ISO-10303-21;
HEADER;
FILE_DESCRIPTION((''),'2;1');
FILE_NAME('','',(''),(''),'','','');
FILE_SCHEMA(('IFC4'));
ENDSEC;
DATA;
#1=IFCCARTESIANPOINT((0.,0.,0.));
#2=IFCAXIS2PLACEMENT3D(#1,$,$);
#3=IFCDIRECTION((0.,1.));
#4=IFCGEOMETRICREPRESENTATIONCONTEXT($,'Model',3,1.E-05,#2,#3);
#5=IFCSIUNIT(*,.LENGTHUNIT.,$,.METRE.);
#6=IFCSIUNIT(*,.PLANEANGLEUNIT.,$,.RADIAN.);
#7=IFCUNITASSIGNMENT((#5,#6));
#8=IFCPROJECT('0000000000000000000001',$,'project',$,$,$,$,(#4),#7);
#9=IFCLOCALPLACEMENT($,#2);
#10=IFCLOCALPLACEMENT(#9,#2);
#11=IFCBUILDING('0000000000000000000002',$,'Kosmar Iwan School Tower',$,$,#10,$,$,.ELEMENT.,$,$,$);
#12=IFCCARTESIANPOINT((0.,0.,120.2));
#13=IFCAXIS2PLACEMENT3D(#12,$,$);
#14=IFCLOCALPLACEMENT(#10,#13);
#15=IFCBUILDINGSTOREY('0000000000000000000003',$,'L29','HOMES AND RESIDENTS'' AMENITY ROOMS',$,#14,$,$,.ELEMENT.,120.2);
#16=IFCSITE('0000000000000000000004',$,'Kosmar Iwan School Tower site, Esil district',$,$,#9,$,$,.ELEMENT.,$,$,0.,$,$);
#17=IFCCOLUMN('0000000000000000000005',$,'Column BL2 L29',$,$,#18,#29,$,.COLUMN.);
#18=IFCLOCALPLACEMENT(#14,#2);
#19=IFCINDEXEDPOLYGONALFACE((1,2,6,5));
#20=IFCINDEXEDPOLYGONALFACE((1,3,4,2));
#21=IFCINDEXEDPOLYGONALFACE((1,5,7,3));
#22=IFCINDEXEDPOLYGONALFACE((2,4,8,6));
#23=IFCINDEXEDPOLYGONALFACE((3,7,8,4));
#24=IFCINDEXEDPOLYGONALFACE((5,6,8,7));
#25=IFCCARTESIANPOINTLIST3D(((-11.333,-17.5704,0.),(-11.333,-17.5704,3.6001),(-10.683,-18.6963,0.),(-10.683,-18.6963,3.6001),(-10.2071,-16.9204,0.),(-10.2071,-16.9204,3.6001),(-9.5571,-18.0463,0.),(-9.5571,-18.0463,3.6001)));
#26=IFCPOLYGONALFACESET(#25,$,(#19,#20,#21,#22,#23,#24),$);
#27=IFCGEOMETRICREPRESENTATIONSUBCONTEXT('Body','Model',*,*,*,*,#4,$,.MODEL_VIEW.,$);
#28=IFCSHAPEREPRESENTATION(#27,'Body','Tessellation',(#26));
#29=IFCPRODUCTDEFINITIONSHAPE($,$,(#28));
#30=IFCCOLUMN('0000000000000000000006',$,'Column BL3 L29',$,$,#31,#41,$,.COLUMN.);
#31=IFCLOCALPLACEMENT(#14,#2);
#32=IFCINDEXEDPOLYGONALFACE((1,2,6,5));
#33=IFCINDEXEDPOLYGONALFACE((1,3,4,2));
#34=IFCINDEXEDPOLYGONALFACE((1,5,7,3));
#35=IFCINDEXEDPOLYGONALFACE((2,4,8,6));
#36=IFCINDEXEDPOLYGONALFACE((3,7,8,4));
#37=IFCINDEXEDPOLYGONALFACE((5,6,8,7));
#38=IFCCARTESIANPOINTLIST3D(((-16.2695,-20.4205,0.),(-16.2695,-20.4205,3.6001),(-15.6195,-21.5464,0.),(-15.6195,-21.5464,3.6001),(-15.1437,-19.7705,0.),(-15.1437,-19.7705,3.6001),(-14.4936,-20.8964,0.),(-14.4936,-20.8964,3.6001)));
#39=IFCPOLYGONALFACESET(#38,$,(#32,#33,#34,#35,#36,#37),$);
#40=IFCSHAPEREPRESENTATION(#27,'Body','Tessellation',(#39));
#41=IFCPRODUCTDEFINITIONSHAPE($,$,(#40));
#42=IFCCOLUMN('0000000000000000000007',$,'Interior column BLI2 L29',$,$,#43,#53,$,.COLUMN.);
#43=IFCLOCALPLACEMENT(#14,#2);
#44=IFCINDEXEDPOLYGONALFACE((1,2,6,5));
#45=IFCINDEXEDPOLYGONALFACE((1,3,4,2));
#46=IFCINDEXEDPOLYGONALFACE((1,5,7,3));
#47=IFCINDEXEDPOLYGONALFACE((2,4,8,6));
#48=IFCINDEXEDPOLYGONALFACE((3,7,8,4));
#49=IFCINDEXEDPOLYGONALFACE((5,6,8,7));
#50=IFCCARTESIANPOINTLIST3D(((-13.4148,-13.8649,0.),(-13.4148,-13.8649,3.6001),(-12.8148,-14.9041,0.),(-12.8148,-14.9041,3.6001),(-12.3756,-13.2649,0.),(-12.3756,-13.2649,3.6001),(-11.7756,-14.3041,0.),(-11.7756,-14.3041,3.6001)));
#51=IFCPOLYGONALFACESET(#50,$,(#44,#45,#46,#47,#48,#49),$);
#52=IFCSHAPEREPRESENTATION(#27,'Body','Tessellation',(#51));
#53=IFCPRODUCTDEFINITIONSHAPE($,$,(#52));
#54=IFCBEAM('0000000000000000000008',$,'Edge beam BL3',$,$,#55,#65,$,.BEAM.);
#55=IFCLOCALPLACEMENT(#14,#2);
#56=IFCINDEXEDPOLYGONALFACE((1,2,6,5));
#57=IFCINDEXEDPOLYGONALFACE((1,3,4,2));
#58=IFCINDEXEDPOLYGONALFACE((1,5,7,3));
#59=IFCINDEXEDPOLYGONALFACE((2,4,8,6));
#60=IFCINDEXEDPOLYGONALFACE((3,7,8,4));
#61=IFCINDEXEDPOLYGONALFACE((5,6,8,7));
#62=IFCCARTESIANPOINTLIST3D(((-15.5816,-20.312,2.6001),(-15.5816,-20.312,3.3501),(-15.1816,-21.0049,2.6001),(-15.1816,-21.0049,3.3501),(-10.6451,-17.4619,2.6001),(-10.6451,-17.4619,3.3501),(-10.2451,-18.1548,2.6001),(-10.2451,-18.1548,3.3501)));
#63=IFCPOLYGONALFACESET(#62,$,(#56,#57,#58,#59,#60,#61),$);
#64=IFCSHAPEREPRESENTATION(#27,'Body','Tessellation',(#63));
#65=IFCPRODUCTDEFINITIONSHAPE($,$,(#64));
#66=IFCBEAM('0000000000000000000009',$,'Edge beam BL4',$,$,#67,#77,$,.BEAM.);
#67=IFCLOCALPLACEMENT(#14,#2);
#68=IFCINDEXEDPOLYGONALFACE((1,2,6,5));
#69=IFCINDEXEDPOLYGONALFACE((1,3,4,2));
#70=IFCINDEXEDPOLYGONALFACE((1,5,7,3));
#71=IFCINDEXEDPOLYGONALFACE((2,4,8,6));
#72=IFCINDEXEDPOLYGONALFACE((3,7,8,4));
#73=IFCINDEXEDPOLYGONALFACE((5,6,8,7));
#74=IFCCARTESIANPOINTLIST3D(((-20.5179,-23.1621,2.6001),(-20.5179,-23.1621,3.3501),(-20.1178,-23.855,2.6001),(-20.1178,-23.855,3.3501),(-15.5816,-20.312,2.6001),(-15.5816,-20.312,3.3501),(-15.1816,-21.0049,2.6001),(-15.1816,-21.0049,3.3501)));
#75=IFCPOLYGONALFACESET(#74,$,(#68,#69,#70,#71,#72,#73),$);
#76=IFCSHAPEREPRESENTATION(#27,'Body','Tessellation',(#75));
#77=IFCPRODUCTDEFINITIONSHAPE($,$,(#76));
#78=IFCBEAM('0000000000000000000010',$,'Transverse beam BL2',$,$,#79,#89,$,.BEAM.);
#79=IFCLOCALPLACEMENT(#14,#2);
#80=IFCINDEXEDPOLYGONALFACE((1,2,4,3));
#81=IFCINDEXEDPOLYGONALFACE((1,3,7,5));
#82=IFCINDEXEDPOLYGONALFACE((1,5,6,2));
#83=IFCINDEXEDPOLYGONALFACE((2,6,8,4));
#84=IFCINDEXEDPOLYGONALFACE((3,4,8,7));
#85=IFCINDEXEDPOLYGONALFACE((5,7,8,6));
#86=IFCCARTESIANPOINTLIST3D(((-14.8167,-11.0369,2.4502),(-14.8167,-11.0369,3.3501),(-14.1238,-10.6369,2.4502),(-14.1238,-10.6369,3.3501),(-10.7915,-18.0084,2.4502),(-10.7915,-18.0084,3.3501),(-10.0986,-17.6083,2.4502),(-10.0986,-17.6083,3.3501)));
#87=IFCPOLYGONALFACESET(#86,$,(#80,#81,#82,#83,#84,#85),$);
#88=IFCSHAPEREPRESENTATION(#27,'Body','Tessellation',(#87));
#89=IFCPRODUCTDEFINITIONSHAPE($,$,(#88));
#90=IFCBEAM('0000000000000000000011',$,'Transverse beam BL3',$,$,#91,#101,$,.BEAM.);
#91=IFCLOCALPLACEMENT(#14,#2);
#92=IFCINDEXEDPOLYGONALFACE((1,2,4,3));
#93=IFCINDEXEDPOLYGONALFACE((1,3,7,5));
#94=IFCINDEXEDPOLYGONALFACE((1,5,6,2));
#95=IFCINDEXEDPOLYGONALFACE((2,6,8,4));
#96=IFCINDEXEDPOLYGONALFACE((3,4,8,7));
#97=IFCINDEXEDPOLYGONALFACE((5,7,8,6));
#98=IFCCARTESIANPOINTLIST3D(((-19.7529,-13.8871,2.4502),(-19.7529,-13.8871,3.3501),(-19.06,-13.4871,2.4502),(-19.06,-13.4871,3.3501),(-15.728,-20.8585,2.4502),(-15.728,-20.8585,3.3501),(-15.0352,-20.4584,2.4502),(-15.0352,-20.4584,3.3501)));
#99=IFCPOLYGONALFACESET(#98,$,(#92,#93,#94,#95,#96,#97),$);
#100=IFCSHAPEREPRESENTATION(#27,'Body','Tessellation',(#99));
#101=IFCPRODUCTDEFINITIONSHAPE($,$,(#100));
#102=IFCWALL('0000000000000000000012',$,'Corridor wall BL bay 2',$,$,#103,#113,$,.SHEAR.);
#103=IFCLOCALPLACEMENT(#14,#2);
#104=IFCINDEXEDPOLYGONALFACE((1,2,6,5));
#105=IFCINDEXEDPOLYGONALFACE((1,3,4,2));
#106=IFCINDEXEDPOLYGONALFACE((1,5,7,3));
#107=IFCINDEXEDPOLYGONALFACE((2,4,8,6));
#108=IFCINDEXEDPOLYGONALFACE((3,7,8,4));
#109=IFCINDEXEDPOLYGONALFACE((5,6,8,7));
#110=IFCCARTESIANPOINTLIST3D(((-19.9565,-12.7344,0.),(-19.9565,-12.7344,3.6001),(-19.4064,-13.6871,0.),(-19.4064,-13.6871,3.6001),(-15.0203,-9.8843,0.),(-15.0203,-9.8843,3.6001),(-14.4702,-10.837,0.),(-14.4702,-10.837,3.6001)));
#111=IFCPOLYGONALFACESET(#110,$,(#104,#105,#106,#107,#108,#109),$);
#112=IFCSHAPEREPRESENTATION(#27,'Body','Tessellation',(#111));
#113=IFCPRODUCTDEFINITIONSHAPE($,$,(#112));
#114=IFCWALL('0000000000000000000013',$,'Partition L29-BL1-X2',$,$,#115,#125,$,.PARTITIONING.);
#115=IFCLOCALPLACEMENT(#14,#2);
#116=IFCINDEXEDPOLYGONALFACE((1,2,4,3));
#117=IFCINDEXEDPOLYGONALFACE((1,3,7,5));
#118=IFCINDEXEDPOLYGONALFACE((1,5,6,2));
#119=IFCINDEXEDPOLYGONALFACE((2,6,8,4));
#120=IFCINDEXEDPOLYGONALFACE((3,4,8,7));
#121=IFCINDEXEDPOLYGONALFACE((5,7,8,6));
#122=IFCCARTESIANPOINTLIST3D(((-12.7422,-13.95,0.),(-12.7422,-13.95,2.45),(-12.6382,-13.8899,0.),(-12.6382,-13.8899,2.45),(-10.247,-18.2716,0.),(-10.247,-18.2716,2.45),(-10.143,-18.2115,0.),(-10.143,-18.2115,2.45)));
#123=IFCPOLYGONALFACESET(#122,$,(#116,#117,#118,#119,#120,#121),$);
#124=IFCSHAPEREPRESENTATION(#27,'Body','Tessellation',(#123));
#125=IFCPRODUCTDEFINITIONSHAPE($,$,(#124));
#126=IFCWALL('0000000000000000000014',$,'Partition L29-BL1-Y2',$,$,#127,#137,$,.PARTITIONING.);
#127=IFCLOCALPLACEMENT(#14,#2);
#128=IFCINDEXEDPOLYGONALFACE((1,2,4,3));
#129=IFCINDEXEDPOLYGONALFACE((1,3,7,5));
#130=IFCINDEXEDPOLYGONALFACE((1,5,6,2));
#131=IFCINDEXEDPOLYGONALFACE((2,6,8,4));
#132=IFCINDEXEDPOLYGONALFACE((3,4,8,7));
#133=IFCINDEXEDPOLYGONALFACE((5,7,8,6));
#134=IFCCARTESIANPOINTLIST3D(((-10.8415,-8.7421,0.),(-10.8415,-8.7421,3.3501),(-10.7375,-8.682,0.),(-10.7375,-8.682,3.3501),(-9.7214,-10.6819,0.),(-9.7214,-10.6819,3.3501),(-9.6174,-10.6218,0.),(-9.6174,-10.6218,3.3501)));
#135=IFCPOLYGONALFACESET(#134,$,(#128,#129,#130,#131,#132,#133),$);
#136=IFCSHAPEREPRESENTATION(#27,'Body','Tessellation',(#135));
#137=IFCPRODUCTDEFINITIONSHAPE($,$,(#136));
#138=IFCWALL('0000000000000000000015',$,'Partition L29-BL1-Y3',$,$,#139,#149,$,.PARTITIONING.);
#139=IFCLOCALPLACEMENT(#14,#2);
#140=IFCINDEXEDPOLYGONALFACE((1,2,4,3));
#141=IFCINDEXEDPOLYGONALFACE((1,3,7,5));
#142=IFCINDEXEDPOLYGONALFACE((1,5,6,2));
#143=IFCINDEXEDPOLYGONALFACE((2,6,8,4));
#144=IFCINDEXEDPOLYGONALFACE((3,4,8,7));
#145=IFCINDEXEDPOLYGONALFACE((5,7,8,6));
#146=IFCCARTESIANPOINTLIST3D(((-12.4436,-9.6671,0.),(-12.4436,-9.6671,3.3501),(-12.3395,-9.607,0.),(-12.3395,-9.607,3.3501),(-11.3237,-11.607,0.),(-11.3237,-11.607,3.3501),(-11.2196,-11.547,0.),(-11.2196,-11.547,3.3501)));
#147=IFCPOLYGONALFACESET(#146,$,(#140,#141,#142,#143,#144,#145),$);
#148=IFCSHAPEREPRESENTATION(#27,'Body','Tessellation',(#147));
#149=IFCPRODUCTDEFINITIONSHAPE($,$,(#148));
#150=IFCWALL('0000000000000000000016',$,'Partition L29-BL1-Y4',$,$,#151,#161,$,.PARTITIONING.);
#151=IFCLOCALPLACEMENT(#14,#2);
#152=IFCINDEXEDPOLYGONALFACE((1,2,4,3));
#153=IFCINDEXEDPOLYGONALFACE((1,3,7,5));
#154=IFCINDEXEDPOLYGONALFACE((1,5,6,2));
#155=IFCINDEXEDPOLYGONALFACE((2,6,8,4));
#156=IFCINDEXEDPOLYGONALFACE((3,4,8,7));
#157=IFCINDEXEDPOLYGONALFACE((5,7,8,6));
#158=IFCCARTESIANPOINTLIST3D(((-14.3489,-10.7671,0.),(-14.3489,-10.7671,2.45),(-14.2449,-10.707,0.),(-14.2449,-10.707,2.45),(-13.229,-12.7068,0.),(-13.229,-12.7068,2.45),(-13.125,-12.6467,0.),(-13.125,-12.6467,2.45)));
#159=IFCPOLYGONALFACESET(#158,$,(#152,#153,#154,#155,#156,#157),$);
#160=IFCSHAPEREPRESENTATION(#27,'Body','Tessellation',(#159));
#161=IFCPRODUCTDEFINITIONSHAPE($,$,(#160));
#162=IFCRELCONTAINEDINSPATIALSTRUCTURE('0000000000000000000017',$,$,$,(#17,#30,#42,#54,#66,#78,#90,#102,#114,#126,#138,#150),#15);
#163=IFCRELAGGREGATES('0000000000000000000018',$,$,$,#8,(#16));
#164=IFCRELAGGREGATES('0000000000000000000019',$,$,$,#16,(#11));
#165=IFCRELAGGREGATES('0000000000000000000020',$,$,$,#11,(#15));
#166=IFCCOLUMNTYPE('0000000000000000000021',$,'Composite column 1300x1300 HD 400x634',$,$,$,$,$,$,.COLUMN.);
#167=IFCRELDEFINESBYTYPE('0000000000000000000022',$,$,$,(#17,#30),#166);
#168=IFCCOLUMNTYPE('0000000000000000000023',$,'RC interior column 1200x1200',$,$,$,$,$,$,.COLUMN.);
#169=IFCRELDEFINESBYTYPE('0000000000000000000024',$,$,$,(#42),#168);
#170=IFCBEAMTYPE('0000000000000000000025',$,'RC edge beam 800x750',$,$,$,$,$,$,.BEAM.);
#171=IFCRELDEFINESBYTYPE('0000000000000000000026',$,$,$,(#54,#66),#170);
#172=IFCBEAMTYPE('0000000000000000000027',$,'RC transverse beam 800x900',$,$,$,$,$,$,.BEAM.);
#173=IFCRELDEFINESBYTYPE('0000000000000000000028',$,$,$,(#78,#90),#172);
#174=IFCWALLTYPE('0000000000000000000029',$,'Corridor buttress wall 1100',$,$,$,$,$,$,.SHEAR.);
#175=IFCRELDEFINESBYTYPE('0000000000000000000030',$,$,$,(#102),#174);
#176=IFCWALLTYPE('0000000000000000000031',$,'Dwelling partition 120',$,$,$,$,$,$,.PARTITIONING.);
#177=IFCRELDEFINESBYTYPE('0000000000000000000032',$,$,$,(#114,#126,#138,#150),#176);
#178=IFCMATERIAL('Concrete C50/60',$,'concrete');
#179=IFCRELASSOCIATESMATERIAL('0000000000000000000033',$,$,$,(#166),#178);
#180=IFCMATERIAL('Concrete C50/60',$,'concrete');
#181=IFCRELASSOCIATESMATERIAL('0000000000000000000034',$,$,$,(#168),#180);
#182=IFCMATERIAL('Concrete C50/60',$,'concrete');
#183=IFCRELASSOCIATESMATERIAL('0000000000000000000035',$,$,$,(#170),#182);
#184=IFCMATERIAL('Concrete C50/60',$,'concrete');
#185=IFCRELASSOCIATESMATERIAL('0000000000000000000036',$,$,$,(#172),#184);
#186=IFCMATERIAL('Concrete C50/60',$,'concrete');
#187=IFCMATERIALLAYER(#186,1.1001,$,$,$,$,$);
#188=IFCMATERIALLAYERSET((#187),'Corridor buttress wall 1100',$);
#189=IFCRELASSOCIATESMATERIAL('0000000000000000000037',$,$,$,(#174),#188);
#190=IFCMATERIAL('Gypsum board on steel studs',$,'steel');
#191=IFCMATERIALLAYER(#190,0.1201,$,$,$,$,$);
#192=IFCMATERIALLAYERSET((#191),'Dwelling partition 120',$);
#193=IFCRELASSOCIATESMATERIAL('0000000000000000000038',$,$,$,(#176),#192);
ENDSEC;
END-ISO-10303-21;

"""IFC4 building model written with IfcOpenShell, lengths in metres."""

from ifc_helpers import new_model, si_unit, direction, frame, frame_2d, origin, origin_2d, place, context, subcontext, project, spatial, rectangle, extrude, material, layer, layer_set, material_profile, profile_set, type_object, element, save


model = new_model("IFC4")

# Units and contexts
model_context = context("Model", 3, precision=1e-05, world=origin(), true_north=direction((0.0, 1.0)))
body_context = subcontext(model_context, "Body", "Model", "MODEL_VIEW")
ifc_project = project(units=[si_unit("LENGTHUNIT", "METRE"), si_unit("PLANEANGLEUNIT", "RADIAN")], contexts=[model_context])

# Site, building, storey
site_placement = place(None, origin())
site = spatial("IfcSite", under=ifc_project, at=site_placement, Name="Kosmar Iwan School Tower site, Esil district", CompositionType="ELEMENT", RefElevation=0.0)
building_placement = place(site_placement, origin())
building = spatial("IfcBuilding", under=site, at=building_placement, Name="Kosmar Iwan School Tower", CompositionType="ELEMENT")
storey_placement = place(building_placement, frame((0.0, 0.0, 120.2)))
storey = spatial("IfcBuildingStorey", under=building, at=storey_placement, Name="L29", Description="HOMES AND RESIDENTS' AMENITY ROOMS", CompositionType="ELEMENT", Elevation=120.2)

# Columns
ifc_material_1 = material(Name="Concrete C50/60", Category="concrete")
ifc_material_profile_1 = material_profile(ifc_material_1, rectangle(XDim=1.3, YDim=1.3, at=origin_2d()), Name="RC 1300x1300 + HD 400x634")
ifc_profile_set_1 = profile_set([ifc_material_profile_1], Name="Concrete C50/60")
column_type_1 = type_object("IfcColumnType", Name="Composite column 1300x1300 HD 400x634", PredefinedType="COLUMN", material=ifc_profile_set_1)
for number, where, z_axis, x_axis, name in (
    (1, (-10.4451, -17.8083, 0.0), (0.0, 0.0, 1.0), (-0.866025, -0.5, 0.0), "Column BL2 L29"),
    (2, (-15.3816, -20.6584, 0.0), (0.0, 0.0, 1.0), (-0.866025, -0.5, 0.0), "Column BL3 L29"),
):
    element("IfcColumn", number, at=place(storey_placement, frame(where, z_axis=z_axis, x_axis=x_axis)), inside=storey, type_object=column_type_1, Name=name, PredefinedType="COLUMN", context=body_context, shape_type="SweptSolid", body=[
        extrude(rectangle(XDim=1.3, YDim=1.3, at=origin_2d()), origin(), (0.0, 0.0, 1.0), 3.6001),
    ])
ifc_material_2 = material(Name="Concrete C50/60", Category="concrete")
ifc_material_profile_2 = material_profile(ifc_material_2, rectangle(XDim=1.2, YDim=1.2, at=origin_2d()), Name="RC 1200x1200")
ifc_profile_set_2 = profile_set([ifc_material_profile_2], Name="Concrete C50/60")
column_type_2 = type_object("IfcColumnType", Name="RC interior column 1200x1200", PredefinedType="COLUMN", material=ifc_profile_set_2)
column_placement = place(storey_placement, frame((-12.5952, -14.0845, 0.0), z_axis=(0.0, 0.0, 1.0), x_axis=(-0.866025, -0.5, 0.0)))
element("IfcColumn", 3, at=column_placement, inside=storey, type_object=column_type_2, Name="Interior column BLI2 L29", PredefinedType="COLUMN", context=body_context, shape_type="SweptSolid", body=[
    extrude(rectangle(XDim=1.2, YDim=1.2, at=origin_2d()), origin(), (0.0, 0.0, 1.0), 3.6001),
])

# Beams
ifc_material_3 = material(Name="Concrete C50/60", Category="concrete")
ifc_material_profile_3 = material_profile(ifc_material_3, rectangle(XDim=0.8, YDim=0.75, at=origin_2d()), Name="RC 800x750")
ifc_profile_set_3 = profile_set([ifc_material_profile_3], Name="Concrete C50/60")
beam_type_1 = type_object("IfcBeamType", Name="RC edge beam 800x750", PredefinedType="BEAM", material=ifc_profile_set_3)
beam_1_placement = place(storey_placement, frame((-10.4451, -17.8083, 2.9751), z_axis=(-0.866026, -0.499999, 0.0), x_axis=(0.499999, -0.866026, 0.0)))
element("IfcBeam", 4, at=beam_1_placement, inside=storey, type_object=beam_type_1, Name="Edge beam BL3", PredefinedType="BEAM", context=body_context, shape_type="SweptSolid", body=[
    extrude(rectangle(XDim=0.8, YDim=0.75, at=origin_2d()), origin(), (0.0, 0.0, 1.0), 5.7002),
])
beam_2_placement = place(storey_placement, frame((-15.3816, -20.6584, 2.9751), z_axis=(-0.866015, -0.500018, 0.0), x_axis=(0.500018, -0.866015, 0.0)))
element("IfcBeam", 5, at=beam_2_placement, inside=storey, type_object=beam_type_1, Name="Edge beam BL4", PredefinedType="BEAM", context=body_context, shape_type="SweptSolid", body=[
    extrude(rectangle(XDim=0.8, YDim=0.75, at=origin_2d()), origin(), (0.0, 0.0, 1.0), 5.7),
])
ifc_material_4 = material(Name="Concrete C50/60", Category="concrete")
ifc_material_profile_4 = material_profile(ifc_material_4, rectangle(XDim=0.8, YDim=0.8999, at=origin_2d()), Name="RC 800x900")
ifc_profile_set_4 = profile_set([ifc_material_profile_4], Name="Concrete C50/60")
beam_type_2 = type_object("IfcBeamType", Name="RC transverse beam 800x900", PredefinedType="BEAM", material=ifc_profile_set_4)
beam_3_placement = place(storey_placement, frame((-10.4451, -17.8083, 2.9001), z_axis=(-0.500017, 0.866015, 0.0), x_axis=(-0.866015, -0.500017, 0.0)))
element("IfcBeam", 6, at=beam_3_placement, inside=storey, type_object=beam_type_2, Name="Transverse beam BL2", PredefinedType="BEAM", context=body_context, shape_type="SweptSolid", body=[
    extrude(rectangle(XDim=0.8, YDim=0.8999, at=origin_2d()), origin(), (0.0, 0.0, 1.0), 8.05),
])
beam_4_placement = place(storey_placement, frame((-15.3816, -20.6584, 2.9001), z_axis=(-0.499995, 0.866029, 0.0), x_axis=(-0.866029, -0.499995, 0.0)))
element("IfcBeam", 7, at=beam_4_placement, inside=storey, type_object=beam_type_2, Name="Transverse beam BL3", PredefinedType="BEAM", context=body_context, shape_type="SweptSolid", body=[
    extrude(rectangle(XDim=0.8, YDim=0.8999, at=origin_2d()), origin(), (0.0, 0.0, 1.0), 8.0498),
])

# Walls
ifc_material_5 = material(Name="Concrete C50/60", Category="concrete")
ifc_layer_1 = layer(ifc_material_5, 1.1001)
ifc_layer_set_1 = layer_set([ifc_layer_1], Name="Corridor buttress wall 1100")
wall_type_1 = type_object("IfcWallType", Name="Corridor buttress wall 1100", PredefinedType="SHEAR", material=ifc_layer_set_1)
wall_1_placement = place(storey_placement, frame((-14.7451, -10.3606, 0.0), z_axis=(0.0, 0.0, 1.0), x_axis=(-0.866015, -0.500018, 0.0)))
element("IfcWall", 8, at=wall_1_placement, inside=storey, type_object=wall_type_1, Name="Corridor wall BL bay 2", PredefinedType="SHEAR", context=body_context, shape_type="SweptSolid", body=[
    extrude(rectangle(XDim=5.7, YDim=1.1001, at=frame_2d((2.8501, 0.0))), origin(), (0.0, 0.0, 1.0), 3.6001),
])
ifc_material_6 = material(Name="Gypsum board on steel studs", Category="steel")
ifc_layer_2 = layer(ifc_material_6, 0.1201)
ifc_layer_set_2 = layer_set([ifc_layer_2], Name="Dwelling partition 120")
wall_type_2 = type_object("IfcWallType", Name="Dwelling partition 120", PredefinedType="PARTITIONING", material=ifc_layer_set_2)
wall_2_placement = place(storey_placement, frame((-12.6902, -13.9199, 0.0), z_axis=(0.0, 0.0, 1.0), x_axis=(0.500012, -0.866019, 0.0)))
element("IfcWall", 9, at=wall_2_placement, inside=storey, type_object=wall_type_2, Name="Partition L29-BL1-X2", PredefinedType="PARTITIONING", context=body_context, shape_type="SweptSolid", body=[
    extrude(rectangle(XDim=4.9902, YDim=0.1201, at=frame_2d((2.4951, 0.0))), origin(), (0.0, 0.0, 1.0), 2.45),
])
for number, where, z_axis, x_axis, name in (
    (10, (-10.7896, -8.7119, 0.0), (0.0, 0.0, 1.0), (0.500031, -0.866008, 0.0), "Partition L29-BL1-Y2"),
    (11, (-12.3916, -9.637, 0.0), (0.0, 0.0, 1.0), (0.499949, -0.866055, 0.0), "Partition L29-BL1-Y3"),
):
    element("IfcWall", number, at=place(storey_placement, frame(where, z_axis=z_axis, x_axis=x_axis)), inside=storey, type_object=wall_type_2, Name=name, PredefinedType="PARTITIONING", context=body_context, shape_type="SweptSolid", body=[
        extrude(rectangle(XDim=2.24, YDim=0.1201, at=frame_2d((1.1201, 0.0))), origin(), (0.0, 0.0, 1.0), 3.3501),
    ])
wall_3_placement = place(storey_placement, frame((-14.2969, -10.7371, 0.0), z_axis=(0.0, 0.0, 1.0), x_axis=(0.499996, -0.866028, 0.0)))
element("IfcWall", 12, at=wall_3_placement, inside=storey, type_object=wall_type_2, Name="Partition L29-BL1-Y4", PredefinedType="PARTITIONING", context=body_context, shape_type="SweptSolid", body=[
    extrude(rectangle(XDim=2.2397, YDim=0.1201, at=frame_2d((1.1199, 0.0))), origin(), (0.0, 0.0, 1.0), 2.45),
])

save(model, "model.ifc")
